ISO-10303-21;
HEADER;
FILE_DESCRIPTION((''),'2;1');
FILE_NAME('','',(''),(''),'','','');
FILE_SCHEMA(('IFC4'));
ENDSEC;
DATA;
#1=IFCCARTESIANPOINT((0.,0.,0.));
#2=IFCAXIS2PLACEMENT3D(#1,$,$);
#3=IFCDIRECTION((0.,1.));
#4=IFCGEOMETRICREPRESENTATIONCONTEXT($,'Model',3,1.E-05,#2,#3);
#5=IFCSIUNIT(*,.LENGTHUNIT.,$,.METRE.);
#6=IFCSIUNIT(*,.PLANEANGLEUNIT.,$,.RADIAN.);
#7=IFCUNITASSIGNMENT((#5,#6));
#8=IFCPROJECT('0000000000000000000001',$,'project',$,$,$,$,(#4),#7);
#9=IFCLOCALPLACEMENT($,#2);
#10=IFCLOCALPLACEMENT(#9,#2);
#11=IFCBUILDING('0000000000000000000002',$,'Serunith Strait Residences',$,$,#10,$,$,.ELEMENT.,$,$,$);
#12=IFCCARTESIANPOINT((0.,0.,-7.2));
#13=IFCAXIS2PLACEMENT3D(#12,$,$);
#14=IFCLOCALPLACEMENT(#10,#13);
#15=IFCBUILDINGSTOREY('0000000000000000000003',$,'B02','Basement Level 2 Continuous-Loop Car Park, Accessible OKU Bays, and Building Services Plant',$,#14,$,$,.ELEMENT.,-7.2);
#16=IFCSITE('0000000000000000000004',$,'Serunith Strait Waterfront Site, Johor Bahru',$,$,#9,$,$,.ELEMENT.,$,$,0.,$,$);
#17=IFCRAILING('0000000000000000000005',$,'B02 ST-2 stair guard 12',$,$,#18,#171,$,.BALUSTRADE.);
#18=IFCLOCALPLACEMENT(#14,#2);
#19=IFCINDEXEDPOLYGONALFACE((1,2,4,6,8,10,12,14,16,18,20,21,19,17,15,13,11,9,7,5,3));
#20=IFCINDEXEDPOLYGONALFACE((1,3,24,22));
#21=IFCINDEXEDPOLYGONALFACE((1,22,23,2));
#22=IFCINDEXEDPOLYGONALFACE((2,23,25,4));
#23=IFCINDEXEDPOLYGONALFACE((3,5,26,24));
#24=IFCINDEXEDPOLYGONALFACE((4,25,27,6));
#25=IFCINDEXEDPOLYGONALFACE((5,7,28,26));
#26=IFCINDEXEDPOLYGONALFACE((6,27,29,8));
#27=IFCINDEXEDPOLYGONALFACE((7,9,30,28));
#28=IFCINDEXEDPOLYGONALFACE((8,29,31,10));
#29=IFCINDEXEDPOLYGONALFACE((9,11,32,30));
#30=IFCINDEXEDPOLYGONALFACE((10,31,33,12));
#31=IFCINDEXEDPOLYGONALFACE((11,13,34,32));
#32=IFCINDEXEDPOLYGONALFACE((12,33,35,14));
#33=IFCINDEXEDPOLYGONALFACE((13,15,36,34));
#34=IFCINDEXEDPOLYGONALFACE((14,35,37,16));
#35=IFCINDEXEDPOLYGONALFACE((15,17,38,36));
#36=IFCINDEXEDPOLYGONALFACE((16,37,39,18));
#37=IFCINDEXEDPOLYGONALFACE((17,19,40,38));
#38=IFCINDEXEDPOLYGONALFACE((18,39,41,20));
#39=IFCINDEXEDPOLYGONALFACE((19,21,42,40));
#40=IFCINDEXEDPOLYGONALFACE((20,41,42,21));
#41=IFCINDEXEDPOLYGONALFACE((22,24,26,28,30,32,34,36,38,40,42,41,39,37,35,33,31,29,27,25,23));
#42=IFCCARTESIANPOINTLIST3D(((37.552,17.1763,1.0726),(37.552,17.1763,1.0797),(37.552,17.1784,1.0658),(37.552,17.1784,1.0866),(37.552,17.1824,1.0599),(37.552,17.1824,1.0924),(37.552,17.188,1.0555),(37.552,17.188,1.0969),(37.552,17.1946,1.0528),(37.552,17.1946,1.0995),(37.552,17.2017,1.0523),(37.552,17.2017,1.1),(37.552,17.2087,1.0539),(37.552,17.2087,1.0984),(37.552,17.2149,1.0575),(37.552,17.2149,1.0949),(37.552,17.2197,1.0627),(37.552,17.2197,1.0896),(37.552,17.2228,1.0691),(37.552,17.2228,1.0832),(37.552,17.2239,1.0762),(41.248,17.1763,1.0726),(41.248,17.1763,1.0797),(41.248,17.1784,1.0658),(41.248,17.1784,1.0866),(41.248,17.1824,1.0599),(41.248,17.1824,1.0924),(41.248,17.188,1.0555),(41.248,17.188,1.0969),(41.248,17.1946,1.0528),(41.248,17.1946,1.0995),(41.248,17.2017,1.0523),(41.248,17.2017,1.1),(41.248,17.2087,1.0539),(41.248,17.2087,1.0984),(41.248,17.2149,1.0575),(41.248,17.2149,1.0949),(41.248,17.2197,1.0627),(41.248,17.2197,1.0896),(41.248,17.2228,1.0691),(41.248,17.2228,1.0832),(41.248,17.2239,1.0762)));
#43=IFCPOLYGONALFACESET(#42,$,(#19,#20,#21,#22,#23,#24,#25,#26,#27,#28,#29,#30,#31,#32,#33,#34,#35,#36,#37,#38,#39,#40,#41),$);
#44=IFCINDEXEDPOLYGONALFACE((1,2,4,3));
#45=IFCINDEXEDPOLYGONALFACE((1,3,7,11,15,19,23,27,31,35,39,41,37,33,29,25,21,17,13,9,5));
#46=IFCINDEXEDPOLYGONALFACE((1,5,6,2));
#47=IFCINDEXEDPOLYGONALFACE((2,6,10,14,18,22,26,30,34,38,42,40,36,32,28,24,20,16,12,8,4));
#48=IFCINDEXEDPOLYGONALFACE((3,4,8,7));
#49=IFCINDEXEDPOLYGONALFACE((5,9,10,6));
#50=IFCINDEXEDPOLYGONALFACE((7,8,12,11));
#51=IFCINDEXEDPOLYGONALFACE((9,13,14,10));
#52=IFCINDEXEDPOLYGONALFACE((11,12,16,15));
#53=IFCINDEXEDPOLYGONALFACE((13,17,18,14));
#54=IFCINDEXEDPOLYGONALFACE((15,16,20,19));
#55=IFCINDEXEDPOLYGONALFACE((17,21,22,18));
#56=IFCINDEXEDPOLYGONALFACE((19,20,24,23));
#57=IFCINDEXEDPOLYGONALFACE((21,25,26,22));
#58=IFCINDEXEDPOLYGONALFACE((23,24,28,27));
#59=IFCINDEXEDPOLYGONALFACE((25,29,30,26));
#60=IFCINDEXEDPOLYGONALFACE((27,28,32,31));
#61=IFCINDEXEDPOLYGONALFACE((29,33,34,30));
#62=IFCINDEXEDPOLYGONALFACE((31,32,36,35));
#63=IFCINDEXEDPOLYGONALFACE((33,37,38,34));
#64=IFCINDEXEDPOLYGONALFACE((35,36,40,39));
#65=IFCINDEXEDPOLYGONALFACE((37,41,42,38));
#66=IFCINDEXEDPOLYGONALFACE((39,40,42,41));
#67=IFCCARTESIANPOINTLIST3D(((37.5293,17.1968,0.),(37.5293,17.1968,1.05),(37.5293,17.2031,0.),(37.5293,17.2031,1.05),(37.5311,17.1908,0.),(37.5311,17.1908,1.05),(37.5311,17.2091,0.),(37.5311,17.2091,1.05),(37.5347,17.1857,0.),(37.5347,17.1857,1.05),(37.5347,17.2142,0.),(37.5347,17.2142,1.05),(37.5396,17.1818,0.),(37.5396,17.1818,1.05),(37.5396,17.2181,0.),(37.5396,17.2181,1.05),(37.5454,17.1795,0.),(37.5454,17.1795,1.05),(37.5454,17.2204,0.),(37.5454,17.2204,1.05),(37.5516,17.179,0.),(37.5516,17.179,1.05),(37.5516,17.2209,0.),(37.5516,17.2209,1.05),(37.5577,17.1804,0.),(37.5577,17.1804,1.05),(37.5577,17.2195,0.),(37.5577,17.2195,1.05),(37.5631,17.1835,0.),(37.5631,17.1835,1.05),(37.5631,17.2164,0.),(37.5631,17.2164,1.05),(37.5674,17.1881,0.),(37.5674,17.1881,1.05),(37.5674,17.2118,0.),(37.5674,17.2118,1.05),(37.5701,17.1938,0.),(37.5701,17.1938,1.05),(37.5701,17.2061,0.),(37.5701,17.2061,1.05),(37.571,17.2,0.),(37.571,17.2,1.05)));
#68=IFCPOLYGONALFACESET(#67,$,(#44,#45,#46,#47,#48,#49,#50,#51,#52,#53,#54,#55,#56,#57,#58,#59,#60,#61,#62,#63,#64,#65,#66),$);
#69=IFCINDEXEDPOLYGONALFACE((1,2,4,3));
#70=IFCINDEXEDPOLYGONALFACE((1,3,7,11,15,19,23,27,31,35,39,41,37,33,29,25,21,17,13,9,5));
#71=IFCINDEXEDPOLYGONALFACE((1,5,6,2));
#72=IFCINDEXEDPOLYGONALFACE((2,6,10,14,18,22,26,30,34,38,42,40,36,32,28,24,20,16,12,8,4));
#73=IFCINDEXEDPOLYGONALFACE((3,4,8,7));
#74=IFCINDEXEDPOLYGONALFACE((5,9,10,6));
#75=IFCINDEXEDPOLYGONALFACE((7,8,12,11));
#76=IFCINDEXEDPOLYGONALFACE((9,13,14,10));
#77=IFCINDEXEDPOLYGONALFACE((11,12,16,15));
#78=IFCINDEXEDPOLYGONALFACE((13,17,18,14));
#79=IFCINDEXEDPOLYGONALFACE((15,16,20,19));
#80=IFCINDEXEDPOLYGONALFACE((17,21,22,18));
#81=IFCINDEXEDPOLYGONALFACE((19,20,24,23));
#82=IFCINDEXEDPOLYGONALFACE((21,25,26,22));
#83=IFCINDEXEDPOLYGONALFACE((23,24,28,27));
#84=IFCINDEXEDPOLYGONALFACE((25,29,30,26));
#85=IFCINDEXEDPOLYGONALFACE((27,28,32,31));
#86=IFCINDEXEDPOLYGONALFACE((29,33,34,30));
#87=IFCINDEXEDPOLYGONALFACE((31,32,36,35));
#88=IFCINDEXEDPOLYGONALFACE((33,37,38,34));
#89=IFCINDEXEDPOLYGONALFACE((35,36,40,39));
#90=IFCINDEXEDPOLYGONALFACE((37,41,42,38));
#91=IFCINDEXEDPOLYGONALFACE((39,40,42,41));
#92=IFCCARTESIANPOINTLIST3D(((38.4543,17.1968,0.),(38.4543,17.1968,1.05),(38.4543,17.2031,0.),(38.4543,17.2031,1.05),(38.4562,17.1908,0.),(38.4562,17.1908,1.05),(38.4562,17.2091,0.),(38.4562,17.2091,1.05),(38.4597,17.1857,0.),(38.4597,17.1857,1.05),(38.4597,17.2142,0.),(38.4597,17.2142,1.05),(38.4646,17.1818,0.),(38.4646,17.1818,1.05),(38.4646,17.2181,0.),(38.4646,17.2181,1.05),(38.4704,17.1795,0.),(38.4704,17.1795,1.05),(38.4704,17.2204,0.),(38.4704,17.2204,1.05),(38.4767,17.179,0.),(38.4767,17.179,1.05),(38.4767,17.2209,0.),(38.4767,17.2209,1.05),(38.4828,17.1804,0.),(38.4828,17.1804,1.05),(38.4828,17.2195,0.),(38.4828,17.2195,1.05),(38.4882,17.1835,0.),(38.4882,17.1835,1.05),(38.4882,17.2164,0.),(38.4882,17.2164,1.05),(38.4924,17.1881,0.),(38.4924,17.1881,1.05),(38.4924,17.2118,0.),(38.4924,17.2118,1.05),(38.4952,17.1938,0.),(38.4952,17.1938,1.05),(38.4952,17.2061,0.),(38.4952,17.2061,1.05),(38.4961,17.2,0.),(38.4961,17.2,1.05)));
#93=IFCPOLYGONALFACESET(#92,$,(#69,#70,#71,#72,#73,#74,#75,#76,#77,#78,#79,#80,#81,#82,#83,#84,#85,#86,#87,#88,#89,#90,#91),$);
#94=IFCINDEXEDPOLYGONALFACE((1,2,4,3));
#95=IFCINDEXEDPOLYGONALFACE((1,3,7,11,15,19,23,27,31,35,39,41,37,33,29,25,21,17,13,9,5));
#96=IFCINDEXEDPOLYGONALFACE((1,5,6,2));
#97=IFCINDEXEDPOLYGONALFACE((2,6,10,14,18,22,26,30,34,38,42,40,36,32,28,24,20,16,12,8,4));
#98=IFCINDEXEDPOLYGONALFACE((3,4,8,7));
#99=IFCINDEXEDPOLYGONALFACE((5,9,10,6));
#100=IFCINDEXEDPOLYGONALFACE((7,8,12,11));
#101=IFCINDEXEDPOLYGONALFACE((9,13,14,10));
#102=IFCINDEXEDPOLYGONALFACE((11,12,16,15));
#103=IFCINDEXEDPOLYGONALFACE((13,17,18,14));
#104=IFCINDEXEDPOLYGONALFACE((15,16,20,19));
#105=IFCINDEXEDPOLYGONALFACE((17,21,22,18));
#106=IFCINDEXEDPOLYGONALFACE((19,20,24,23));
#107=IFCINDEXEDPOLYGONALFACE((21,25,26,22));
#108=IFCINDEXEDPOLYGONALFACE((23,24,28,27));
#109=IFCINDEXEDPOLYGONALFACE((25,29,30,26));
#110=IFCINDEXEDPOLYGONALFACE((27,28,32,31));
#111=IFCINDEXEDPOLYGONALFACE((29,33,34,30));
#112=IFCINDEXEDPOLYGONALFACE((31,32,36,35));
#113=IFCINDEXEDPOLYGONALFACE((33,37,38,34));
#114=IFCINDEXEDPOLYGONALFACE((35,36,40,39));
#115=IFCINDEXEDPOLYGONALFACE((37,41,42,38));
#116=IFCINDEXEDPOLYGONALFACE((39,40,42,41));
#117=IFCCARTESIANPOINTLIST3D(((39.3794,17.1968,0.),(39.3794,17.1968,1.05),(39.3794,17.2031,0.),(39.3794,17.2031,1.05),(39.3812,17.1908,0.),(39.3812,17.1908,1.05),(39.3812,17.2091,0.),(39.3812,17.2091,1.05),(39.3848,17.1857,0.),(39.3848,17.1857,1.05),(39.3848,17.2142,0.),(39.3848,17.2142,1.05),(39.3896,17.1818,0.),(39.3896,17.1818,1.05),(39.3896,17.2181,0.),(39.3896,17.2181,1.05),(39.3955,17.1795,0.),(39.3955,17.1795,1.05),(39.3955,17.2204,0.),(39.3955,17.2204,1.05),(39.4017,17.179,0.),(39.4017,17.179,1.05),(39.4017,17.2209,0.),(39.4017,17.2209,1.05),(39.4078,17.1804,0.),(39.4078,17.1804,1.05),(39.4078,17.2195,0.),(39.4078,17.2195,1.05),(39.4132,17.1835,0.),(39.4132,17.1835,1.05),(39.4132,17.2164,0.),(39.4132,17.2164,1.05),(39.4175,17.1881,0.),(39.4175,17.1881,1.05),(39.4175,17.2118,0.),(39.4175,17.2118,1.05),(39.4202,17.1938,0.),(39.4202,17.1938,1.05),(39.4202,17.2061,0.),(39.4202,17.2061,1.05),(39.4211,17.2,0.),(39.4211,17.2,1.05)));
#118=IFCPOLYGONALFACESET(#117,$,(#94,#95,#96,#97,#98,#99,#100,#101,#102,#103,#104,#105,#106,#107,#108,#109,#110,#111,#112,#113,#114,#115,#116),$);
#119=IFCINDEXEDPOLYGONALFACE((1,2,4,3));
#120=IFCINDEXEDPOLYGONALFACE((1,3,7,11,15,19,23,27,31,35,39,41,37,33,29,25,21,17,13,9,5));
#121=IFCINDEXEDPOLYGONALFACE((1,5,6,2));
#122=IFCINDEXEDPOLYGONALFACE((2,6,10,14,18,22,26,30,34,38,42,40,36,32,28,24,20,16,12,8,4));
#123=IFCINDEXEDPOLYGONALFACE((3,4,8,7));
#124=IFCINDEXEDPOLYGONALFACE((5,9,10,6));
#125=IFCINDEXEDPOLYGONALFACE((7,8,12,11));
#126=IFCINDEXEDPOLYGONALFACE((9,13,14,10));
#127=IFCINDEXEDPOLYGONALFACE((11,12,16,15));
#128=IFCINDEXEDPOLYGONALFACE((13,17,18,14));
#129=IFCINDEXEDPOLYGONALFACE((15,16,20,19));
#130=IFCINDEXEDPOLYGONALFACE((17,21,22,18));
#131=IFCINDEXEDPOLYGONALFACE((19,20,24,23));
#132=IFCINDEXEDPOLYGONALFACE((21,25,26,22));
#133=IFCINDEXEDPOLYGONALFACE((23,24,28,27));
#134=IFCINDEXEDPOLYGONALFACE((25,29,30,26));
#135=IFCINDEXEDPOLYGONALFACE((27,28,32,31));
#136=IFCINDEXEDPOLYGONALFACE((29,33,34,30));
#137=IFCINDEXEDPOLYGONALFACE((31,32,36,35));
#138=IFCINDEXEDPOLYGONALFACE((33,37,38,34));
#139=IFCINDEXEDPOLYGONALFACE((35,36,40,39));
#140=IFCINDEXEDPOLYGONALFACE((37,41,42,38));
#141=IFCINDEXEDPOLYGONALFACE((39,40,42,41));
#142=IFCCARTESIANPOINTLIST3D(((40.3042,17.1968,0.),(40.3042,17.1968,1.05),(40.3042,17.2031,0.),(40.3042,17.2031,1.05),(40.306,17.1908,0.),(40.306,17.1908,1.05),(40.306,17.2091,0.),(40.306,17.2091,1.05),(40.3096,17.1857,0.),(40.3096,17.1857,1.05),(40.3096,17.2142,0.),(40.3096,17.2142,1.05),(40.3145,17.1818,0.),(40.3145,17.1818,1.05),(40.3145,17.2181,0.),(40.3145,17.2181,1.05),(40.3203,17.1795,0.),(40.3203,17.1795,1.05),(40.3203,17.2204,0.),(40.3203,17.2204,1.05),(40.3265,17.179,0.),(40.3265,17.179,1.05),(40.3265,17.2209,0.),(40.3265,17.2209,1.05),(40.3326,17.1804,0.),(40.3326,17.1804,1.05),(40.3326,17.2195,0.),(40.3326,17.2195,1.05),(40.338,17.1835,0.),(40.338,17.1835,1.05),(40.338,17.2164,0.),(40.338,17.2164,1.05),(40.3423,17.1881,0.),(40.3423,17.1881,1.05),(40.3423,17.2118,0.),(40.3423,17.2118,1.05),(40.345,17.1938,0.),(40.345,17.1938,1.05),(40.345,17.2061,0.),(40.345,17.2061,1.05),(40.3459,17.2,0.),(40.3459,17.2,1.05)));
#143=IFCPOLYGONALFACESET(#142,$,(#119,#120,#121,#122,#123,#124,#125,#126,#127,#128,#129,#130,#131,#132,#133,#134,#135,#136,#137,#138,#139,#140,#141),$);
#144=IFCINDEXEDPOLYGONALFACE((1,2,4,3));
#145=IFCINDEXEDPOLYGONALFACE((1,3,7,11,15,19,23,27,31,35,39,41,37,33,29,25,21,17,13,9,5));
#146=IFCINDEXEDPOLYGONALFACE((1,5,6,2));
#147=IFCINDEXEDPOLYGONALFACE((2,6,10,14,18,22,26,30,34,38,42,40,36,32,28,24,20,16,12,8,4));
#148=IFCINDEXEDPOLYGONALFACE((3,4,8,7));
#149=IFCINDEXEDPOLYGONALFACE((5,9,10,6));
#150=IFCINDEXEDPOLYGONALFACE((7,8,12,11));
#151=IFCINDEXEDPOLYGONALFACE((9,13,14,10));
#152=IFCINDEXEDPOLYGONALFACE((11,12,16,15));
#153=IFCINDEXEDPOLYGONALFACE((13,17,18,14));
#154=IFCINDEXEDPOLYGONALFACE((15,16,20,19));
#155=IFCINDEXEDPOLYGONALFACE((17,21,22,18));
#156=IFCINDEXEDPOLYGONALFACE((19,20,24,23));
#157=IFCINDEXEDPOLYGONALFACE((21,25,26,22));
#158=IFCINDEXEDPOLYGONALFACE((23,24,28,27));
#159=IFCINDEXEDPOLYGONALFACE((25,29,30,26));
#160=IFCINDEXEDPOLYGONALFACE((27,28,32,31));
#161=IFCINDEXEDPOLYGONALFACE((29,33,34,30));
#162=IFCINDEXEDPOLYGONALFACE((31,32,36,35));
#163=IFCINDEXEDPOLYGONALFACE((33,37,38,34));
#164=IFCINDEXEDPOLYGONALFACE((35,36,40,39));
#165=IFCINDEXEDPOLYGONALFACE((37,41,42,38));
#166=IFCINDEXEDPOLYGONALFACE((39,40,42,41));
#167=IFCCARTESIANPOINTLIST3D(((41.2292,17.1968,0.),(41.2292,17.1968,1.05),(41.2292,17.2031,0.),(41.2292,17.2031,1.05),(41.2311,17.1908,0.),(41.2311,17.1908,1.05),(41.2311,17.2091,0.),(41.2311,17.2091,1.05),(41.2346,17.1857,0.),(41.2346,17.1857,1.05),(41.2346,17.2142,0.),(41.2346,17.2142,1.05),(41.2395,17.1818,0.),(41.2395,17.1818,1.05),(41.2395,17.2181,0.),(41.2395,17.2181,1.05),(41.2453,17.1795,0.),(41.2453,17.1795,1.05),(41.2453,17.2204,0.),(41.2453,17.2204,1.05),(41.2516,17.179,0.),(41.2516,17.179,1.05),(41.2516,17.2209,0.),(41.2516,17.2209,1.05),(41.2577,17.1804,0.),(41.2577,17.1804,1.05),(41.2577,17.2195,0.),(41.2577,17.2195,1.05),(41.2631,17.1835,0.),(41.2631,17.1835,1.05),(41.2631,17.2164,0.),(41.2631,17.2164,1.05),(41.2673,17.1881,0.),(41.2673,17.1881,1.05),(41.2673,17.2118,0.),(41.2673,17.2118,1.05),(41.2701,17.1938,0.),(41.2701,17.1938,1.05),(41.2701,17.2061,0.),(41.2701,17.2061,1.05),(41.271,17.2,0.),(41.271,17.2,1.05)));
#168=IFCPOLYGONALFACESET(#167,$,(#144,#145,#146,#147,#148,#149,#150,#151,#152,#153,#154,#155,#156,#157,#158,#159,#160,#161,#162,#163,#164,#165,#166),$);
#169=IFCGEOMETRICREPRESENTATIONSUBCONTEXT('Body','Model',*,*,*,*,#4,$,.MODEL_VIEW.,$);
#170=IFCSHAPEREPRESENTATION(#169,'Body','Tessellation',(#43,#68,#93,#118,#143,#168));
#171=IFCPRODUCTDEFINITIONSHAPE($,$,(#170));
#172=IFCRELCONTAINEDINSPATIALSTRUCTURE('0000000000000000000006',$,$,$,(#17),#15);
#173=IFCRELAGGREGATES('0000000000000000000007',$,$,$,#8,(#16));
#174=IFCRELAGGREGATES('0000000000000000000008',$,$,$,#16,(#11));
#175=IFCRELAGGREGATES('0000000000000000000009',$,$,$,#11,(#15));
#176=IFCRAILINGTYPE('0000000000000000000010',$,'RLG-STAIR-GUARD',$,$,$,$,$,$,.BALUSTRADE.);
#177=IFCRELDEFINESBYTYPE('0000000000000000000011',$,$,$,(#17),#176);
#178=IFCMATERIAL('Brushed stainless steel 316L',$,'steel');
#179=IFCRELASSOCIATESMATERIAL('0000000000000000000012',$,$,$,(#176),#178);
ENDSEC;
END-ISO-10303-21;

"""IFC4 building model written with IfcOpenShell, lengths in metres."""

from ifc_helpers import new_model, si_unit, direction, frame, origin, origin_2d, place, context, subcontext, project, spatial, circle, extrude, material, type_object, element, save


model = new_model("IFC4")

# Units and contexts
model_context = context("Model", 3, precision=1e-05, world=origin(), true_north=direction((0.0, 1.0)))
body_context = subcontext(model_context, "Body", "Model", "MODEL_VIEW")
ifc_project = project(units=[si_unit("LENGTHUNIT", "METRE"), si_unit("PLANEANGLEUNIT", "RADIAN")], contexts=[model_context])

# Site, building, storey
site_placement = place(None, origin())
site = spatial("IfcSite", under=ifc_project, at=site_placement, Name="Serunith Strait Waterfront Site, Johor Bahru", CompositionType="ELEMENT", RefElevation=0.0)
building_placement = place(site_placement, origin())
building = spatial("IfcBuilding", under=site, at=building_placement, Name="Serunith Strait Residences", CompositionType="ELEMENT")
storey_placement = place(building_placement, frame((0.0, 0.0, -7.2)))
storey = spatial("IfcBuildingStorey", under=building, at=storey_placement, Name="B02", Description="Basement Level 2 Continuous-Loop Car Park, Accessible OKU Bays, and Building Services Plant", CompositionType="ELEMENT", Elevation=-7.2)

# Railing
ifc_material_1 = material(Name="Brushed stainless steel 316L", Category="steel")
railing_type_1 = type_object("IfcRailingType", Name="RLG-STAIR-GUARD", PredefinedType="BALUSTRADE", material=ifc_material_1)
railing_1_placement = place(storey_placement, frame((37.55, 17.2, 0.0)))
element("IfcRailing", 1, at=railing_1_placement, inside=storey, type_object=railing_type_1, Name="B02 ST-2 stair guard 12", PredefinedType="BALUSTRADE", context=body_context, shape_type="SweptSolid", body=[
    extrude(circle(Radius=0.0239, at=origin_2d()), frame((0.002, 0.0, 1.0762), z_axis=(1.0, 0.0, 0.0), x_axis=(0.0, 1.0, 0.0)), (0.0, 0.0, 1.0), 3.696),
    extrude(circle(Radius=0.021, at=origin_2d()), origin(), (0.0, 0.0, 1.0), 1.05),
    extrude(circle(Radius=0.021, at=origin_2d()), frame((0.925, 0.0, 0.0)), (0.0, 0.0, 1.0), 1.05),
    extrude(circle(Radius=0.021, at=origin_2d()), frame((1.8501, 0.0, 0.0)), (0.0, 0.0, 1.0), 1.05),
    extrude(circle(Radius=0.021, at=origin_2d()), frame((2.7749, 0.0, 0.0)), (0.0, 0.0, 1.0), 1.05),
    extrude(circle(Radius=0.021, at=origin_2d()), frame((3.7, 0.0, 0.0)), (0.0, 0.0, 1.0), 1.05),
])

save(model, "model.ifc")
